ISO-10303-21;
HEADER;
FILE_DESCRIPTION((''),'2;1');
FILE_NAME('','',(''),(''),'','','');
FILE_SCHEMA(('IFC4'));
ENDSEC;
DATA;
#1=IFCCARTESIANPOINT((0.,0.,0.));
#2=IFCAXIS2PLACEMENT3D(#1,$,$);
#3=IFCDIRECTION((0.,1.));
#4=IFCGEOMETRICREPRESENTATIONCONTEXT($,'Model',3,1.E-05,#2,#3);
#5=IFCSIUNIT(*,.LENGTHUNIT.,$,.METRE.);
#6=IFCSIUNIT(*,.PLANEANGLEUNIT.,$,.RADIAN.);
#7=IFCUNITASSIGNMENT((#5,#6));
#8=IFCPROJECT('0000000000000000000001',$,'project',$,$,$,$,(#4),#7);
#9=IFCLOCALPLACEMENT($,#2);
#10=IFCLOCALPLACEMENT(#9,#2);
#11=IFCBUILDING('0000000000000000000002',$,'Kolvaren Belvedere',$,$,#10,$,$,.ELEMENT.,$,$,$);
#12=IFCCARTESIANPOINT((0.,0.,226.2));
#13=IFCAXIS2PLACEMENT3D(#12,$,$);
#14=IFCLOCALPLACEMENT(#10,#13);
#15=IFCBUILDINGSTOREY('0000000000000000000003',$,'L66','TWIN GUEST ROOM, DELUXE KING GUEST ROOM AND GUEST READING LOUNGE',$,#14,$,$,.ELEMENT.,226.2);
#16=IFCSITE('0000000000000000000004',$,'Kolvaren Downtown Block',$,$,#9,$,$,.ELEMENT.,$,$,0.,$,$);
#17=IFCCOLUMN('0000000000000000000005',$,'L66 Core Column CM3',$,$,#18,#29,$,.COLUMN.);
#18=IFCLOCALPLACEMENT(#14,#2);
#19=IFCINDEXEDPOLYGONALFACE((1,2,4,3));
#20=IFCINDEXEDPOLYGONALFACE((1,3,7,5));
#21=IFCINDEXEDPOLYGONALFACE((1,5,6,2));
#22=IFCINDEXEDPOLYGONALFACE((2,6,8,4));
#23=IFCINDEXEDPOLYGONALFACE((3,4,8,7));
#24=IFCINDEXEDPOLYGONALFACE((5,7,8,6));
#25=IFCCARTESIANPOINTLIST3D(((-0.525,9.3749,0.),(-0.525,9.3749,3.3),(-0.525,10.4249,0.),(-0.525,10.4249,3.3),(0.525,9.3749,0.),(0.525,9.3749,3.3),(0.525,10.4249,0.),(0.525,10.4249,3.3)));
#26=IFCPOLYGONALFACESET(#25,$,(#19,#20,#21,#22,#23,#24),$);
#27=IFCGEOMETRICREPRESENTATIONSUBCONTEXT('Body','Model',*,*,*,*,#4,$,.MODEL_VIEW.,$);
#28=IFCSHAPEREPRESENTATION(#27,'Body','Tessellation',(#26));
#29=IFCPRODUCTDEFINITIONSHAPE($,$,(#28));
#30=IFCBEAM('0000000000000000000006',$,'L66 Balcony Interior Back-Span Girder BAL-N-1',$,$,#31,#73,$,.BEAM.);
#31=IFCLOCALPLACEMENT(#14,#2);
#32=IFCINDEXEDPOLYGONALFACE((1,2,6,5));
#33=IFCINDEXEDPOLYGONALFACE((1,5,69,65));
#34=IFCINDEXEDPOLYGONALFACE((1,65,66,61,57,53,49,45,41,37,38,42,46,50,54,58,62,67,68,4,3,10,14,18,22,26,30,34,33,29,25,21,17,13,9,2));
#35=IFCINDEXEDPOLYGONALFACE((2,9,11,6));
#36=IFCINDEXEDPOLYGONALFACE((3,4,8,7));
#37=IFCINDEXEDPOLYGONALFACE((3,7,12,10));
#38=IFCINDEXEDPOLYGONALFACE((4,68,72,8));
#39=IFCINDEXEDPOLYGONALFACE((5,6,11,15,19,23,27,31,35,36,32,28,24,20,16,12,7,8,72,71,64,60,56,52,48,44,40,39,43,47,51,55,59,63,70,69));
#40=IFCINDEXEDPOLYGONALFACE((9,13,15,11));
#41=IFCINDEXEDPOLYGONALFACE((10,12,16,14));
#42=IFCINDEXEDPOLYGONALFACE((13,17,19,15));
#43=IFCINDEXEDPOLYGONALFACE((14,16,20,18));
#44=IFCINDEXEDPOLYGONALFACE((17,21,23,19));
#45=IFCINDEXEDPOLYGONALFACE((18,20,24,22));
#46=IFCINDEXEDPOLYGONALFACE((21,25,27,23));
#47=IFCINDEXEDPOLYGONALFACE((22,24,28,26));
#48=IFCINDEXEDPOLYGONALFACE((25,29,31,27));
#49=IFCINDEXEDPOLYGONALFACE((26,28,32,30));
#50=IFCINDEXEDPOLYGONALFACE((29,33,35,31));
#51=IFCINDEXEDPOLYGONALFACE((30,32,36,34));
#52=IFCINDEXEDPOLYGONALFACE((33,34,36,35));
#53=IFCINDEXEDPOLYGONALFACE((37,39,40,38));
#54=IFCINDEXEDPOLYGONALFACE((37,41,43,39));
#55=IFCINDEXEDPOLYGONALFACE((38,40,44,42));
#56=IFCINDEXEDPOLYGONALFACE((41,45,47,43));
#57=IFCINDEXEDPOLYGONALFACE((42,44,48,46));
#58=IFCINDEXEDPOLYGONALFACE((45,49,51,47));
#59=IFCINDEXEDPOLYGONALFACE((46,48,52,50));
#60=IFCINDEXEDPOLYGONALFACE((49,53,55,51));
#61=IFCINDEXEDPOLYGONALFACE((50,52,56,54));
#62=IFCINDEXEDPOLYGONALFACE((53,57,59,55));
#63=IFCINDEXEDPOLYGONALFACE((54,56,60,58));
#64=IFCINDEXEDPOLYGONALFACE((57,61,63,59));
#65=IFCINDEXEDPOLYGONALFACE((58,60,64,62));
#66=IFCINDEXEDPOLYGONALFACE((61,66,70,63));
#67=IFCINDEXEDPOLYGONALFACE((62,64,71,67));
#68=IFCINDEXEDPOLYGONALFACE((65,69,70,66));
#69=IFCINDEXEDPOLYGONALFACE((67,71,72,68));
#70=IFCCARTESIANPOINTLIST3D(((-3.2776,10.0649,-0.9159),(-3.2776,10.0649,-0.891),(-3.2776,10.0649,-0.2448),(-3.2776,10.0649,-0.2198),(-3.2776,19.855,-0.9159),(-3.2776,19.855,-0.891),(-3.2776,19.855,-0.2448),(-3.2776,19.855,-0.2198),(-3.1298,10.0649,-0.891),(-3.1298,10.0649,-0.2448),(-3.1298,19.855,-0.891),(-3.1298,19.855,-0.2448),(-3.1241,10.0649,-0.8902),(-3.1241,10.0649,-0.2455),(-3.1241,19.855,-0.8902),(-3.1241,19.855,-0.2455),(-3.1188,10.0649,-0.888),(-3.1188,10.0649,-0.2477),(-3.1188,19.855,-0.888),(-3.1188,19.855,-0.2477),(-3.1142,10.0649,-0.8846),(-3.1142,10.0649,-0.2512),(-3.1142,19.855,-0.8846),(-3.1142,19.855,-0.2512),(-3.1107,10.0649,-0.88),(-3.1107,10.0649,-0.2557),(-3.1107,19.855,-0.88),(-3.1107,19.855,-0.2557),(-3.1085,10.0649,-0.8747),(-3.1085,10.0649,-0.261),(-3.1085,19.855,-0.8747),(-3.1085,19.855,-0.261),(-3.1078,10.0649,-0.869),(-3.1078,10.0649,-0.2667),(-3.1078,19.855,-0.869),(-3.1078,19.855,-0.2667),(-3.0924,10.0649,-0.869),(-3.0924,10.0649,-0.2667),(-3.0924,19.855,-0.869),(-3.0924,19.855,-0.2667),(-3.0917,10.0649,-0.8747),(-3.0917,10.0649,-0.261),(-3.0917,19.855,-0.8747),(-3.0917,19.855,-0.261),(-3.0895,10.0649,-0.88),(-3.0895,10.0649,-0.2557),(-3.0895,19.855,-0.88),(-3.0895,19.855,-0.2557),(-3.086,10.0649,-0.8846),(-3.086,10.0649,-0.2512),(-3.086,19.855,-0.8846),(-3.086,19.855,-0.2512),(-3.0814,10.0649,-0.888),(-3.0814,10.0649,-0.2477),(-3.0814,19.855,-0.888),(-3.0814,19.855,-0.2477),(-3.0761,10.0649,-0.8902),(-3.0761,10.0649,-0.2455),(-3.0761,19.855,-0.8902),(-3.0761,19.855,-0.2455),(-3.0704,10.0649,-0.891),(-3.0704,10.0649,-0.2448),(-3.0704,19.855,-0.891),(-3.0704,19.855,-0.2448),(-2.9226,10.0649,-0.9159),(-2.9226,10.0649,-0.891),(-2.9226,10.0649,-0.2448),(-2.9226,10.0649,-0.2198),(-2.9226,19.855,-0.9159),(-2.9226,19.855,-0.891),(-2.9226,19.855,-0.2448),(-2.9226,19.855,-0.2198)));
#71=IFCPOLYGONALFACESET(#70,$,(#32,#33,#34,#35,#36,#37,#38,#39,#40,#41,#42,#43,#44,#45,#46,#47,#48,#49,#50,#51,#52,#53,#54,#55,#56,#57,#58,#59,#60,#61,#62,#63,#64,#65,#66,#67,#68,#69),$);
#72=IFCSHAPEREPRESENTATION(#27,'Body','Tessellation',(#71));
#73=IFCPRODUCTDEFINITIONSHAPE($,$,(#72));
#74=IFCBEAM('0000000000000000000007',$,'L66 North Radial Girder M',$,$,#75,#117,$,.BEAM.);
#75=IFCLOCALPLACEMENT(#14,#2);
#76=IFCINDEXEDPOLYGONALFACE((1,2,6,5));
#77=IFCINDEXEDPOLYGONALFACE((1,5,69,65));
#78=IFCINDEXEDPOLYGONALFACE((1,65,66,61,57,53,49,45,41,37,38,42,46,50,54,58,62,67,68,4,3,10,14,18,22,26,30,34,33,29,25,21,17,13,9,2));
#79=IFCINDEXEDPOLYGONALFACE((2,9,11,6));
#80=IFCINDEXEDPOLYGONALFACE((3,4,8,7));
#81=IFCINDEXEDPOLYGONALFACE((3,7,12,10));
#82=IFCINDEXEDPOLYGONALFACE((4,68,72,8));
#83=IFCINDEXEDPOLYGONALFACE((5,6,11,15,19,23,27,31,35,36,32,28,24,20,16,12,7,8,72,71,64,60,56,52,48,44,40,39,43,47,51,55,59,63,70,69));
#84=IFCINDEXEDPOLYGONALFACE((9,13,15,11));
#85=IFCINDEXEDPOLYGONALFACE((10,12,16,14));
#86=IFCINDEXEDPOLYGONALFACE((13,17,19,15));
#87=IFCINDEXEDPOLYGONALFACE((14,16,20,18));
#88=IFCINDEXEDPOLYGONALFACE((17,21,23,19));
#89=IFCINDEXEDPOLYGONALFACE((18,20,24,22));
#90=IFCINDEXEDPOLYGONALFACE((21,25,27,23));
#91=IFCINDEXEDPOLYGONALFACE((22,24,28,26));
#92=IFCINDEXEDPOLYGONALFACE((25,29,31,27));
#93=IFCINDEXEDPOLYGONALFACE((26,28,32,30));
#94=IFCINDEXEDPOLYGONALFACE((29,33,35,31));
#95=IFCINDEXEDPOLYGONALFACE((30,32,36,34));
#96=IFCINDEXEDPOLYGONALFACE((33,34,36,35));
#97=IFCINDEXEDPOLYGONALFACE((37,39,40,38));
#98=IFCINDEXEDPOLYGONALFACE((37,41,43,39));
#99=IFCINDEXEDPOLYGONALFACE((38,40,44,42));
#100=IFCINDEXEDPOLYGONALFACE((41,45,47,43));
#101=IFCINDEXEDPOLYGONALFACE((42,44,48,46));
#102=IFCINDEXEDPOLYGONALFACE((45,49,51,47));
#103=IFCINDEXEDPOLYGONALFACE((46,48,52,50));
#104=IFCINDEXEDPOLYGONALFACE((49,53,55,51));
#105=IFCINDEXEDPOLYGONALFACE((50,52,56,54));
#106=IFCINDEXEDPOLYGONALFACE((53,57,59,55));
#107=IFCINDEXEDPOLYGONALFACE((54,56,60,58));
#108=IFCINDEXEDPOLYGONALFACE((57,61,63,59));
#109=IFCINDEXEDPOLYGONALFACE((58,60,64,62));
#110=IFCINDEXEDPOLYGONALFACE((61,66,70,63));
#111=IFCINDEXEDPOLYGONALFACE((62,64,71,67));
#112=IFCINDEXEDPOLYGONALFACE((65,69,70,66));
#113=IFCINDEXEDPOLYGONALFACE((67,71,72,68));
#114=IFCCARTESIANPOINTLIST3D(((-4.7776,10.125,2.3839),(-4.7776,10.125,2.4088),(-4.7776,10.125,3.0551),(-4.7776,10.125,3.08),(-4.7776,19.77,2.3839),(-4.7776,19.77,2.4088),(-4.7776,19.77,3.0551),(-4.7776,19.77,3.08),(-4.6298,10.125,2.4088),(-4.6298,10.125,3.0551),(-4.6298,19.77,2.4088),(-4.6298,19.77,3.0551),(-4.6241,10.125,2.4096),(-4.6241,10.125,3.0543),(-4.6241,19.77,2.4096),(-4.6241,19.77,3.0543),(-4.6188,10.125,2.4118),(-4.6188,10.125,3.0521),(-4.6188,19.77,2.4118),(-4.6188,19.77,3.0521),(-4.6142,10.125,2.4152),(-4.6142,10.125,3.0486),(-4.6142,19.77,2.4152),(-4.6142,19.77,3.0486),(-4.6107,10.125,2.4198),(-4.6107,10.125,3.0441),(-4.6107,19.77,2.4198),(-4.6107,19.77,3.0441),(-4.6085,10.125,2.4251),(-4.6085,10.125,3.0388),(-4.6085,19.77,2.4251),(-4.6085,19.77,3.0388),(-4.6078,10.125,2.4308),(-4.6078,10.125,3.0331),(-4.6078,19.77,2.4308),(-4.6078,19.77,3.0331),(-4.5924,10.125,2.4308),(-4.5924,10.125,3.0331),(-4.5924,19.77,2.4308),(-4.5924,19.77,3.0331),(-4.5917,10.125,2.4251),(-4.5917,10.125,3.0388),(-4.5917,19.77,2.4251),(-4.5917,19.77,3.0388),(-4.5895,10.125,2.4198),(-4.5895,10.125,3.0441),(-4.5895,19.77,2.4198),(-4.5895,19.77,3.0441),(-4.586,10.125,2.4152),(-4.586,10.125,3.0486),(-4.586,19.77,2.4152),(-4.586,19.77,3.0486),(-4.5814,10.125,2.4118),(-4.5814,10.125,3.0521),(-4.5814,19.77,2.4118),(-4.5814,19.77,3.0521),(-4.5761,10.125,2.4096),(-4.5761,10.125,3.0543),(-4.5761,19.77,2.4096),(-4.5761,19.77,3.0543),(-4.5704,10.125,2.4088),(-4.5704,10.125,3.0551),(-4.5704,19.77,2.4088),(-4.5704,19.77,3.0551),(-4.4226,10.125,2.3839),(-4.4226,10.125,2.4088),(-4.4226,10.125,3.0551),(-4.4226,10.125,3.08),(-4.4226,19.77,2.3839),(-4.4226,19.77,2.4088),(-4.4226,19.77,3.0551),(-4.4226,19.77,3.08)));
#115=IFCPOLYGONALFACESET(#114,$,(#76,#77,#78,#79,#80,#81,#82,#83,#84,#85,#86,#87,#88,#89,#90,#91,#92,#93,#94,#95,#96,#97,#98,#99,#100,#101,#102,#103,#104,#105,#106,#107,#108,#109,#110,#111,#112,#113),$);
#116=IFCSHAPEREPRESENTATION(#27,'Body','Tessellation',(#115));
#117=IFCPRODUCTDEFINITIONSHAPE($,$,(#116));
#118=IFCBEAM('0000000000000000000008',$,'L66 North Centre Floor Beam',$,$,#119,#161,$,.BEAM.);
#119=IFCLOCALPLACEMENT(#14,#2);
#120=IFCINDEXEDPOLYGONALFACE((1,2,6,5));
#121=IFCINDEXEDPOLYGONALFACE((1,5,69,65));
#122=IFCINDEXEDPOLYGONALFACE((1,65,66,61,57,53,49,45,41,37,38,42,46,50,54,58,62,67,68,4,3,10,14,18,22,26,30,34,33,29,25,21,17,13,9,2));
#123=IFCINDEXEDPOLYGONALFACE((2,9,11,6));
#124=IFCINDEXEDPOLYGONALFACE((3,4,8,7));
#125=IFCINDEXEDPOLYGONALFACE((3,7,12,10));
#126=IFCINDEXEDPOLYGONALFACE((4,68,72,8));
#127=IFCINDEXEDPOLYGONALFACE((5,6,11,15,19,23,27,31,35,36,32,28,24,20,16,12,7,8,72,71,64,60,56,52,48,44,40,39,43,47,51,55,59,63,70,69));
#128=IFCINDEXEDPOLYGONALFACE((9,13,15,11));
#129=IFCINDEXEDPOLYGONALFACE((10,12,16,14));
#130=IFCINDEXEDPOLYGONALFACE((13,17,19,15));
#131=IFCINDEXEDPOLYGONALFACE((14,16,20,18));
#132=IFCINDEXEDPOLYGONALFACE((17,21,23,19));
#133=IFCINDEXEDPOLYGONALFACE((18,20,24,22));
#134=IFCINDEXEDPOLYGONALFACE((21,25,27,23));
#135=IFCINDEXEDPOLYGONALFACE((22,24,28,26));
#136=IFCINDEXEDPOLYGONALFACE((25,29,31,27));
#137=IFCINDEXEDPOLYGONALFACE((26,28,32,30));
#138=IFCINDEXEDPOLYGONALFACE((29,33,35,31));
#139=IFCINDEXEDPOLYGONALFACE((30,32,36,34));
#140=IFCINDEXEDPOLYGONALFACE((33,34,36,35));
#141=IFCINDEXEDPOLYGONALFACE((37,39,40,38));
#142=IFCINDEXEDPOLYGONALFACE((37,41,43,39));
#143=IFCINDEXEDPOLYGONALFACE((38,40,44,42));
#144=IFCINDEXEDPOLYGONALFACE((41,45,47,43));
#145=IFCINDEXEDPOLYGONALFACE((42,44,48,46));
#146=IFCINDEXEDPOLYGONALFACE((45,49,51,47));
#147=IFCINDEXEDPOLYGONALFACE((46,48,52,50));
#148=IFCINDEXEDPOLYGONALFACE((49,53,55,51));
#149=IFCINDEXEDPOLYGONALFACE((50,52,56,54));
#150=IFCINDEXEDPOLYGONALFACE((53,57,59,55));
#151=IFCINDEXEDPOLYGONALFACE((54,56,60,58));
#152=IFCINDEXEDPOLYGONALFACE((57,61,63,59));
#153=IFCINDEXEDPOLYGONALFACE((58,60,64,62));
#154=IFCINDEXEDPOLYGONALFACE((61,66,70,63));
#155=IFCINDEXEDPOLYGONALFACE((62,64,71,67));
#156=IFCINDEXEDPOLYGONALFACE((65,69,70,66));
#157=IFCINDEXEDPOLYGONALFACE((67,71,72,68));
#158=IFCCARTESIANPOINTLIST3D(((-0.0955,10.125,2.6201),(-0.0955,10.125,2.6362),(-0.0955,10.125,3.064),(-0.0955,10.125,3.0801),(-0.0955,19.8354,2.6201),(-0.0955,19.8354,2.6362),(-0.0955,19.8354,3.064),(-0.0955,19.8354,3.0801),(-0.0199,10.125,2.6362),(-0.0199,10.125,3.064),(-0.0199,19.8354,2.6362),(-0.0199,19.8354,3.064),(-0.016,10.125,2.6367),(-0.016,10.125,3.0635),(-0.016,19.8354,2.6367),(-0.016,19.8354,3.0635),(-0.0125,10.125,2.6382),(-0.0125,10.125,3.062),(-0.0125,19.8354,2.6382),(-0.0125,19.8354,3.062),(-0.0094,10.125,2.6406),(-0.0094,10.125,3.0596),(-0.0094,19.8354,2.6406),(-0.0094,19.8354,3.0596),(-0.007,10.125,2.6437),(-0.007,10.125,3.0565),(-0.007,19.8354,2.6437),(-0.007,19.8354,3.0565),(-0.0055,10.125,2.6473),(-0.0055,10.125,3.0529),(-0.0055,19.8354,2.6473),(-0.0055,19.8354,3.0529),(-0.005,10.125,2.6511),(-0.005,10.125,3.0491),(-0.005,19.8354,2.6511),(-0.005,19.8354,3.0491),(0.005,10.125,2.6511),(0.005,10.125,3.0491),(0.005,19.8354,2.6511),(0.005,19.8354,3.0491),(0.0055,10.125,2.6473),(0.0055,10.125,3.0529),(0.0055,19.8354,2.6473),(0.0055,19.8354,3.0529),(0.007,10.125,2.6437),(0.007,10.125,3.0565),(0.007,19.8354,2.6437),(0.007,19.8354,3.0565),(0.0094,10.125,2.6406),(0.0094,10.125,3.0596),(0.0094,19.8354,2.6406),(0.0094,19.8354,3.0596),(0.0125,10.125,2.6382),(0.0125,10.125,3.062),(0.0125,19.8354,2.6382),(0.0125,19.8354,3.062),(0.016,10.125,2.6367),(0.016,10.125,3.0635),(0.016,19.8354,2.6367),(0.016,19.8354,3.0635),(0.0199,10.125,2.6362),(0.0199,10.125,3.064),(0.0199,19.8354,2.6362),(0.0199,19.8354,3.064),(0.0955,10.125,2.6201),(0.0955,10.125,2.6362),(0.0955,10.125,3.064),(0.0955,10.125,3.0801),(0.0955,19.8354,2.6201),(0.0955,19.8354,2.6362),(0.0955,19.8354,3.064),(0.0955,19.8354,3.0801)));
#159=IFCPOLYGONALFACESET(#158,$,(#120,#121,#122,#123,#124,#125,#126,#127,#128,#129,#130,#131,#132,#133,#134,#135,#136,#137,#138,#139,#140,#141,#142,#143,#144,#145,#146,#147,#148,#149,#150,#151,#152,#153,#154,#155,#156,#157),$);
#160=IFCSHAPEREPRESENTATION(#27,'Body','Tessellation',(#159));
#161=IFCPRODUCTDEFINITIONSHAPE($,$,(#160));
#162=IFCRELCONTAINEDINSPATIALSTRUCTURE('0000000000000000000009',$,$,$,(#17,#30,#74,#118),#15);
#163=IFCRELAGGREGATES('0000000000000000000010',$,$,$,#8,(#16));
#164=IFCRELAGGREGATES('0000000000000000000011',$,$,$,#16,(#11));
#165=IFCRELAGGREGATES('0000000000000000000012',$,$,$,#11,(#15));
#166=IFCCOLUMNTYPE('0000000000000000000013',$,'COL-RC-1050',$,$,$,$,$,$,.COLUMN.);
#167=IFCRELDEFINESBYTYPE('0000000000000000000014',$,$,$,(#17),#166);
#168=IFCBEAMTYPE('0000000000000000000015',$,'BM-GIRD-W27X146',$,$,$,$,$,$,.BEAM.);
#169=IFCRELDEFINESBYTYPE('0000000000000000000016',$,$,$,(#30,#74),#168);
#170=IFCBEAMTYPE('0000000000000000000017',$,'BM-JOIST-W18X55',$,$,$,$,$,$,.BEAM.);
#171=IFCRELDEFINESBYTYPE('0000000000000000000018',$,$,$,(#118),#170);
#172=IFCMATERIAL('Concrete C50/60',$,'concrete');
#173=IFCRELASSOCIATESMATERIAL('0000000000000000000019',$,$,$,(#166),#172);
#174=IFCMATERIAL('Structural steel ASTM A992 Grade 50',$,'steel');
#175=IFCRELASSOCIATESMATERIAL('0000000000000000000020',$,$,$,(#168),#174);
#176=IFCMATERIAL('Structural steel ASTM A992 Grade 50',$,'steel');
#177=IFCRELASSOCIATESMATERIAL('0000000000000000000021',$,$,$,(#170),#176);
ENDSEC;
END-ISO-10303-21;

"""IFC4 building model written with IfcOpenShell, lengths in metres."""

from ifc_helpers import new_model, si_unit, direction, frame, origin, origin_2d, place, context, subcontext, project, spatial, rectangle, i_section, extrude, material, material_profile, profile_set, type_object, element, save


model = new_model("IFC4")

# Units and contexts
model_context = context("Model", 3, precision=1e-05, world=origin(), true_north=direction((0.0, 1.0)))
body_context = subcontext(model_context, "Body", "Model", "MODEL_VIEW")
ifc_project = project(units=[si_unit("LENGTHUNIT", "METRE"), si_unit("PLANEANGLEUNIT", "RADIAN")], contexts=[model_context])

# Site, building, storey
site_placement = place(None, origin())
site = spatial("IfcSite", under=ifc_project, at=site_placement, Name="Kolvaren Downtown Block", CompositionType="ELEMENT", RefElevation=0.0)
building_placement = place(site_placement, origin())
building = spatial("IfcBuilding", under=site, at=building_placement, Name="Kolvaren Belvedere", CompositionType="ELEMENT")
storey_placement = place(building_placement, frame((0.0, 0.0, 226.2)))
storey = spatial("IfcBuildingStorey", under=building, at=storey_placement, Name="L66", Description="TWIN GUEST ROOM, DELUXE KING GUEST ROOM AND GUEST READING LOUNGE", CompositionType="ELEMENT", Elevation=226.2)

# Column
ifc_material_1 = material(Name="Concrete C50/60", Category="concrete")
ifc_material_profile_1 = material_profile(ifc_material_1, rectangle(XDim=1.05, YDim=1.05, at=origin_2d()), Name="RC 1050X1050")
ifc_profile_set_1 = profile_set([ifc_material_profile_1], Name="Concrete C50/60")
column_type = type_object("IfcColumnType", Name="COL-RC-1050", PredefinedType="COLUMN", material=ifc_profile_set_1)
column_placement = place(storey_placement, frame((0.0, 9.8999, 0.0), z_axis=(0.0, 0.0, 1.0), x_axis=(1.0, 0.0, 0.0)))
element("IfcColumn", 1, at=column_placement, inside=storey, type_object=column_type, Name="L66 Core Column CM3", PredefinedType="COLUMN", context=body_context, shape_type="SweptSolid", body=[
    extrude(rectangle(XDim=1.05, YDim=1.05, at=origin_2d()), origin(), (0.0, 0.0, 1.0), 3.3),
])

# Beams
ifc_material_2 = material(Name="Structural steel ASTM A992 Grade 50", Category="steel")
ifc_material_profile_2 = material_profile(ifc_material_2, i_section(OverallWidth=0.355, OverallDepth=0.696, WebThickness=0.0154, FlangeThickness=0.0249, FilletRadius=0.022, at=origin_2d()), Name="W27X146")
ifc_profile_set_2 = profile_set([ifc_material_profile_2], Name="Structural steel ASTM A992 Grade 50")
beam_type_1 = type_object("IfcBeamType", Name="BM-GIRD-W27X146", PredefinedType="BEAM", material=ifc_profile_set_2)
beam_1_placement = place(storey_placement, frame((-3.1001, 10.0649, -0.5679), z_axis=(0.0, 1.0, 0.0), x_axis=(-1.0, 0.0, 0.0)))
element("IfcBeam", 2, at=beam_1_placement, inside=storey, type_object=beam_type_1, Name="L66 Balcony Interior Back-Span Girder BAL-N-1", PredefinedType="BEAM", context=body_context, shape_type="SweptSolid", body=[
    extrude(i_section(OverallWidth=0.355, OverallDepth=0.696, WebThickness=0.0154, FlangeThickness=0.0249, FilletRadius=0.022, at=origin_2d()), origin(), (0.0, 0.0, 1.0), 9.79),
])
beam_2_placement = place(storey_placement, frame((-4.6001, 10.125, 2.7319), z_axis=(0.0, 1.0, 0.0), x_axis=(-1.0, 0.0, 0.0)))
element("IfcBeam", 3, at=beam_2_placement, inside=storey, type_object=beam_type_1, Name="L66 North Radial Girder M", PredefinedType="BEAM", context=body_context, shape_type="SweptSolid", body=[
    extrude(i_section(OverallWidth=0.355, OverallDepth=0.696, WebThickness=0.0154, FlangeThickness=0.0249, FilletRadius=0.022, at=origin_2d()), origin(), (0.0, 0.0, 1.0), 9.645),
])
ifc_material_3 = material(Name="Structural steel ASTM A992 Grade 50", Category="steel")
ifc_material_profile_3 = material_profile(ifc_material_3, i_section(OverallWidth=0.1909, OverallDepth=0.46, WebThickness=0.01, FlangeThickness=0.0161, FilletRadius=0.0149, at=origin_2d()), Name="W18X55")
ifc_profile_set_3 = profile_set([ifc_material_profile_3], Name="Structural steel ASTM A992 Grade 50")
beam_type_2 = type_object("IfcBeamType", Name="BM-JOIST-W18X55", PredefinedType="BEAM", material=ifc_profile_set_3)
beam_3_placement = place(storey_placement, frame((0.0, 10.125, 2.8501), z_axis=(0.0, 1.0, 0.0), x_axis=(-1.0, 0.0, 0.0)))
element("IfcBeam", 4, at=beam_3_placement, inside=storey, type_object=beam_type_2, Name="L66 North Centre Floor Beam", PredefinedType="BEAM", context=body_context, shape_type="SweptSolid", body=[
    extrude(i_section(OverallWidth=0.1909, OverallDepth=0.46, WebThickness=0.01, FlangeThickness=0.0161, FilletRadius=0.0149, at=origin_2d()), origin(), (0.0, 0.0, 1.0), 9.7104),
])

save(model, "model.ifc")
